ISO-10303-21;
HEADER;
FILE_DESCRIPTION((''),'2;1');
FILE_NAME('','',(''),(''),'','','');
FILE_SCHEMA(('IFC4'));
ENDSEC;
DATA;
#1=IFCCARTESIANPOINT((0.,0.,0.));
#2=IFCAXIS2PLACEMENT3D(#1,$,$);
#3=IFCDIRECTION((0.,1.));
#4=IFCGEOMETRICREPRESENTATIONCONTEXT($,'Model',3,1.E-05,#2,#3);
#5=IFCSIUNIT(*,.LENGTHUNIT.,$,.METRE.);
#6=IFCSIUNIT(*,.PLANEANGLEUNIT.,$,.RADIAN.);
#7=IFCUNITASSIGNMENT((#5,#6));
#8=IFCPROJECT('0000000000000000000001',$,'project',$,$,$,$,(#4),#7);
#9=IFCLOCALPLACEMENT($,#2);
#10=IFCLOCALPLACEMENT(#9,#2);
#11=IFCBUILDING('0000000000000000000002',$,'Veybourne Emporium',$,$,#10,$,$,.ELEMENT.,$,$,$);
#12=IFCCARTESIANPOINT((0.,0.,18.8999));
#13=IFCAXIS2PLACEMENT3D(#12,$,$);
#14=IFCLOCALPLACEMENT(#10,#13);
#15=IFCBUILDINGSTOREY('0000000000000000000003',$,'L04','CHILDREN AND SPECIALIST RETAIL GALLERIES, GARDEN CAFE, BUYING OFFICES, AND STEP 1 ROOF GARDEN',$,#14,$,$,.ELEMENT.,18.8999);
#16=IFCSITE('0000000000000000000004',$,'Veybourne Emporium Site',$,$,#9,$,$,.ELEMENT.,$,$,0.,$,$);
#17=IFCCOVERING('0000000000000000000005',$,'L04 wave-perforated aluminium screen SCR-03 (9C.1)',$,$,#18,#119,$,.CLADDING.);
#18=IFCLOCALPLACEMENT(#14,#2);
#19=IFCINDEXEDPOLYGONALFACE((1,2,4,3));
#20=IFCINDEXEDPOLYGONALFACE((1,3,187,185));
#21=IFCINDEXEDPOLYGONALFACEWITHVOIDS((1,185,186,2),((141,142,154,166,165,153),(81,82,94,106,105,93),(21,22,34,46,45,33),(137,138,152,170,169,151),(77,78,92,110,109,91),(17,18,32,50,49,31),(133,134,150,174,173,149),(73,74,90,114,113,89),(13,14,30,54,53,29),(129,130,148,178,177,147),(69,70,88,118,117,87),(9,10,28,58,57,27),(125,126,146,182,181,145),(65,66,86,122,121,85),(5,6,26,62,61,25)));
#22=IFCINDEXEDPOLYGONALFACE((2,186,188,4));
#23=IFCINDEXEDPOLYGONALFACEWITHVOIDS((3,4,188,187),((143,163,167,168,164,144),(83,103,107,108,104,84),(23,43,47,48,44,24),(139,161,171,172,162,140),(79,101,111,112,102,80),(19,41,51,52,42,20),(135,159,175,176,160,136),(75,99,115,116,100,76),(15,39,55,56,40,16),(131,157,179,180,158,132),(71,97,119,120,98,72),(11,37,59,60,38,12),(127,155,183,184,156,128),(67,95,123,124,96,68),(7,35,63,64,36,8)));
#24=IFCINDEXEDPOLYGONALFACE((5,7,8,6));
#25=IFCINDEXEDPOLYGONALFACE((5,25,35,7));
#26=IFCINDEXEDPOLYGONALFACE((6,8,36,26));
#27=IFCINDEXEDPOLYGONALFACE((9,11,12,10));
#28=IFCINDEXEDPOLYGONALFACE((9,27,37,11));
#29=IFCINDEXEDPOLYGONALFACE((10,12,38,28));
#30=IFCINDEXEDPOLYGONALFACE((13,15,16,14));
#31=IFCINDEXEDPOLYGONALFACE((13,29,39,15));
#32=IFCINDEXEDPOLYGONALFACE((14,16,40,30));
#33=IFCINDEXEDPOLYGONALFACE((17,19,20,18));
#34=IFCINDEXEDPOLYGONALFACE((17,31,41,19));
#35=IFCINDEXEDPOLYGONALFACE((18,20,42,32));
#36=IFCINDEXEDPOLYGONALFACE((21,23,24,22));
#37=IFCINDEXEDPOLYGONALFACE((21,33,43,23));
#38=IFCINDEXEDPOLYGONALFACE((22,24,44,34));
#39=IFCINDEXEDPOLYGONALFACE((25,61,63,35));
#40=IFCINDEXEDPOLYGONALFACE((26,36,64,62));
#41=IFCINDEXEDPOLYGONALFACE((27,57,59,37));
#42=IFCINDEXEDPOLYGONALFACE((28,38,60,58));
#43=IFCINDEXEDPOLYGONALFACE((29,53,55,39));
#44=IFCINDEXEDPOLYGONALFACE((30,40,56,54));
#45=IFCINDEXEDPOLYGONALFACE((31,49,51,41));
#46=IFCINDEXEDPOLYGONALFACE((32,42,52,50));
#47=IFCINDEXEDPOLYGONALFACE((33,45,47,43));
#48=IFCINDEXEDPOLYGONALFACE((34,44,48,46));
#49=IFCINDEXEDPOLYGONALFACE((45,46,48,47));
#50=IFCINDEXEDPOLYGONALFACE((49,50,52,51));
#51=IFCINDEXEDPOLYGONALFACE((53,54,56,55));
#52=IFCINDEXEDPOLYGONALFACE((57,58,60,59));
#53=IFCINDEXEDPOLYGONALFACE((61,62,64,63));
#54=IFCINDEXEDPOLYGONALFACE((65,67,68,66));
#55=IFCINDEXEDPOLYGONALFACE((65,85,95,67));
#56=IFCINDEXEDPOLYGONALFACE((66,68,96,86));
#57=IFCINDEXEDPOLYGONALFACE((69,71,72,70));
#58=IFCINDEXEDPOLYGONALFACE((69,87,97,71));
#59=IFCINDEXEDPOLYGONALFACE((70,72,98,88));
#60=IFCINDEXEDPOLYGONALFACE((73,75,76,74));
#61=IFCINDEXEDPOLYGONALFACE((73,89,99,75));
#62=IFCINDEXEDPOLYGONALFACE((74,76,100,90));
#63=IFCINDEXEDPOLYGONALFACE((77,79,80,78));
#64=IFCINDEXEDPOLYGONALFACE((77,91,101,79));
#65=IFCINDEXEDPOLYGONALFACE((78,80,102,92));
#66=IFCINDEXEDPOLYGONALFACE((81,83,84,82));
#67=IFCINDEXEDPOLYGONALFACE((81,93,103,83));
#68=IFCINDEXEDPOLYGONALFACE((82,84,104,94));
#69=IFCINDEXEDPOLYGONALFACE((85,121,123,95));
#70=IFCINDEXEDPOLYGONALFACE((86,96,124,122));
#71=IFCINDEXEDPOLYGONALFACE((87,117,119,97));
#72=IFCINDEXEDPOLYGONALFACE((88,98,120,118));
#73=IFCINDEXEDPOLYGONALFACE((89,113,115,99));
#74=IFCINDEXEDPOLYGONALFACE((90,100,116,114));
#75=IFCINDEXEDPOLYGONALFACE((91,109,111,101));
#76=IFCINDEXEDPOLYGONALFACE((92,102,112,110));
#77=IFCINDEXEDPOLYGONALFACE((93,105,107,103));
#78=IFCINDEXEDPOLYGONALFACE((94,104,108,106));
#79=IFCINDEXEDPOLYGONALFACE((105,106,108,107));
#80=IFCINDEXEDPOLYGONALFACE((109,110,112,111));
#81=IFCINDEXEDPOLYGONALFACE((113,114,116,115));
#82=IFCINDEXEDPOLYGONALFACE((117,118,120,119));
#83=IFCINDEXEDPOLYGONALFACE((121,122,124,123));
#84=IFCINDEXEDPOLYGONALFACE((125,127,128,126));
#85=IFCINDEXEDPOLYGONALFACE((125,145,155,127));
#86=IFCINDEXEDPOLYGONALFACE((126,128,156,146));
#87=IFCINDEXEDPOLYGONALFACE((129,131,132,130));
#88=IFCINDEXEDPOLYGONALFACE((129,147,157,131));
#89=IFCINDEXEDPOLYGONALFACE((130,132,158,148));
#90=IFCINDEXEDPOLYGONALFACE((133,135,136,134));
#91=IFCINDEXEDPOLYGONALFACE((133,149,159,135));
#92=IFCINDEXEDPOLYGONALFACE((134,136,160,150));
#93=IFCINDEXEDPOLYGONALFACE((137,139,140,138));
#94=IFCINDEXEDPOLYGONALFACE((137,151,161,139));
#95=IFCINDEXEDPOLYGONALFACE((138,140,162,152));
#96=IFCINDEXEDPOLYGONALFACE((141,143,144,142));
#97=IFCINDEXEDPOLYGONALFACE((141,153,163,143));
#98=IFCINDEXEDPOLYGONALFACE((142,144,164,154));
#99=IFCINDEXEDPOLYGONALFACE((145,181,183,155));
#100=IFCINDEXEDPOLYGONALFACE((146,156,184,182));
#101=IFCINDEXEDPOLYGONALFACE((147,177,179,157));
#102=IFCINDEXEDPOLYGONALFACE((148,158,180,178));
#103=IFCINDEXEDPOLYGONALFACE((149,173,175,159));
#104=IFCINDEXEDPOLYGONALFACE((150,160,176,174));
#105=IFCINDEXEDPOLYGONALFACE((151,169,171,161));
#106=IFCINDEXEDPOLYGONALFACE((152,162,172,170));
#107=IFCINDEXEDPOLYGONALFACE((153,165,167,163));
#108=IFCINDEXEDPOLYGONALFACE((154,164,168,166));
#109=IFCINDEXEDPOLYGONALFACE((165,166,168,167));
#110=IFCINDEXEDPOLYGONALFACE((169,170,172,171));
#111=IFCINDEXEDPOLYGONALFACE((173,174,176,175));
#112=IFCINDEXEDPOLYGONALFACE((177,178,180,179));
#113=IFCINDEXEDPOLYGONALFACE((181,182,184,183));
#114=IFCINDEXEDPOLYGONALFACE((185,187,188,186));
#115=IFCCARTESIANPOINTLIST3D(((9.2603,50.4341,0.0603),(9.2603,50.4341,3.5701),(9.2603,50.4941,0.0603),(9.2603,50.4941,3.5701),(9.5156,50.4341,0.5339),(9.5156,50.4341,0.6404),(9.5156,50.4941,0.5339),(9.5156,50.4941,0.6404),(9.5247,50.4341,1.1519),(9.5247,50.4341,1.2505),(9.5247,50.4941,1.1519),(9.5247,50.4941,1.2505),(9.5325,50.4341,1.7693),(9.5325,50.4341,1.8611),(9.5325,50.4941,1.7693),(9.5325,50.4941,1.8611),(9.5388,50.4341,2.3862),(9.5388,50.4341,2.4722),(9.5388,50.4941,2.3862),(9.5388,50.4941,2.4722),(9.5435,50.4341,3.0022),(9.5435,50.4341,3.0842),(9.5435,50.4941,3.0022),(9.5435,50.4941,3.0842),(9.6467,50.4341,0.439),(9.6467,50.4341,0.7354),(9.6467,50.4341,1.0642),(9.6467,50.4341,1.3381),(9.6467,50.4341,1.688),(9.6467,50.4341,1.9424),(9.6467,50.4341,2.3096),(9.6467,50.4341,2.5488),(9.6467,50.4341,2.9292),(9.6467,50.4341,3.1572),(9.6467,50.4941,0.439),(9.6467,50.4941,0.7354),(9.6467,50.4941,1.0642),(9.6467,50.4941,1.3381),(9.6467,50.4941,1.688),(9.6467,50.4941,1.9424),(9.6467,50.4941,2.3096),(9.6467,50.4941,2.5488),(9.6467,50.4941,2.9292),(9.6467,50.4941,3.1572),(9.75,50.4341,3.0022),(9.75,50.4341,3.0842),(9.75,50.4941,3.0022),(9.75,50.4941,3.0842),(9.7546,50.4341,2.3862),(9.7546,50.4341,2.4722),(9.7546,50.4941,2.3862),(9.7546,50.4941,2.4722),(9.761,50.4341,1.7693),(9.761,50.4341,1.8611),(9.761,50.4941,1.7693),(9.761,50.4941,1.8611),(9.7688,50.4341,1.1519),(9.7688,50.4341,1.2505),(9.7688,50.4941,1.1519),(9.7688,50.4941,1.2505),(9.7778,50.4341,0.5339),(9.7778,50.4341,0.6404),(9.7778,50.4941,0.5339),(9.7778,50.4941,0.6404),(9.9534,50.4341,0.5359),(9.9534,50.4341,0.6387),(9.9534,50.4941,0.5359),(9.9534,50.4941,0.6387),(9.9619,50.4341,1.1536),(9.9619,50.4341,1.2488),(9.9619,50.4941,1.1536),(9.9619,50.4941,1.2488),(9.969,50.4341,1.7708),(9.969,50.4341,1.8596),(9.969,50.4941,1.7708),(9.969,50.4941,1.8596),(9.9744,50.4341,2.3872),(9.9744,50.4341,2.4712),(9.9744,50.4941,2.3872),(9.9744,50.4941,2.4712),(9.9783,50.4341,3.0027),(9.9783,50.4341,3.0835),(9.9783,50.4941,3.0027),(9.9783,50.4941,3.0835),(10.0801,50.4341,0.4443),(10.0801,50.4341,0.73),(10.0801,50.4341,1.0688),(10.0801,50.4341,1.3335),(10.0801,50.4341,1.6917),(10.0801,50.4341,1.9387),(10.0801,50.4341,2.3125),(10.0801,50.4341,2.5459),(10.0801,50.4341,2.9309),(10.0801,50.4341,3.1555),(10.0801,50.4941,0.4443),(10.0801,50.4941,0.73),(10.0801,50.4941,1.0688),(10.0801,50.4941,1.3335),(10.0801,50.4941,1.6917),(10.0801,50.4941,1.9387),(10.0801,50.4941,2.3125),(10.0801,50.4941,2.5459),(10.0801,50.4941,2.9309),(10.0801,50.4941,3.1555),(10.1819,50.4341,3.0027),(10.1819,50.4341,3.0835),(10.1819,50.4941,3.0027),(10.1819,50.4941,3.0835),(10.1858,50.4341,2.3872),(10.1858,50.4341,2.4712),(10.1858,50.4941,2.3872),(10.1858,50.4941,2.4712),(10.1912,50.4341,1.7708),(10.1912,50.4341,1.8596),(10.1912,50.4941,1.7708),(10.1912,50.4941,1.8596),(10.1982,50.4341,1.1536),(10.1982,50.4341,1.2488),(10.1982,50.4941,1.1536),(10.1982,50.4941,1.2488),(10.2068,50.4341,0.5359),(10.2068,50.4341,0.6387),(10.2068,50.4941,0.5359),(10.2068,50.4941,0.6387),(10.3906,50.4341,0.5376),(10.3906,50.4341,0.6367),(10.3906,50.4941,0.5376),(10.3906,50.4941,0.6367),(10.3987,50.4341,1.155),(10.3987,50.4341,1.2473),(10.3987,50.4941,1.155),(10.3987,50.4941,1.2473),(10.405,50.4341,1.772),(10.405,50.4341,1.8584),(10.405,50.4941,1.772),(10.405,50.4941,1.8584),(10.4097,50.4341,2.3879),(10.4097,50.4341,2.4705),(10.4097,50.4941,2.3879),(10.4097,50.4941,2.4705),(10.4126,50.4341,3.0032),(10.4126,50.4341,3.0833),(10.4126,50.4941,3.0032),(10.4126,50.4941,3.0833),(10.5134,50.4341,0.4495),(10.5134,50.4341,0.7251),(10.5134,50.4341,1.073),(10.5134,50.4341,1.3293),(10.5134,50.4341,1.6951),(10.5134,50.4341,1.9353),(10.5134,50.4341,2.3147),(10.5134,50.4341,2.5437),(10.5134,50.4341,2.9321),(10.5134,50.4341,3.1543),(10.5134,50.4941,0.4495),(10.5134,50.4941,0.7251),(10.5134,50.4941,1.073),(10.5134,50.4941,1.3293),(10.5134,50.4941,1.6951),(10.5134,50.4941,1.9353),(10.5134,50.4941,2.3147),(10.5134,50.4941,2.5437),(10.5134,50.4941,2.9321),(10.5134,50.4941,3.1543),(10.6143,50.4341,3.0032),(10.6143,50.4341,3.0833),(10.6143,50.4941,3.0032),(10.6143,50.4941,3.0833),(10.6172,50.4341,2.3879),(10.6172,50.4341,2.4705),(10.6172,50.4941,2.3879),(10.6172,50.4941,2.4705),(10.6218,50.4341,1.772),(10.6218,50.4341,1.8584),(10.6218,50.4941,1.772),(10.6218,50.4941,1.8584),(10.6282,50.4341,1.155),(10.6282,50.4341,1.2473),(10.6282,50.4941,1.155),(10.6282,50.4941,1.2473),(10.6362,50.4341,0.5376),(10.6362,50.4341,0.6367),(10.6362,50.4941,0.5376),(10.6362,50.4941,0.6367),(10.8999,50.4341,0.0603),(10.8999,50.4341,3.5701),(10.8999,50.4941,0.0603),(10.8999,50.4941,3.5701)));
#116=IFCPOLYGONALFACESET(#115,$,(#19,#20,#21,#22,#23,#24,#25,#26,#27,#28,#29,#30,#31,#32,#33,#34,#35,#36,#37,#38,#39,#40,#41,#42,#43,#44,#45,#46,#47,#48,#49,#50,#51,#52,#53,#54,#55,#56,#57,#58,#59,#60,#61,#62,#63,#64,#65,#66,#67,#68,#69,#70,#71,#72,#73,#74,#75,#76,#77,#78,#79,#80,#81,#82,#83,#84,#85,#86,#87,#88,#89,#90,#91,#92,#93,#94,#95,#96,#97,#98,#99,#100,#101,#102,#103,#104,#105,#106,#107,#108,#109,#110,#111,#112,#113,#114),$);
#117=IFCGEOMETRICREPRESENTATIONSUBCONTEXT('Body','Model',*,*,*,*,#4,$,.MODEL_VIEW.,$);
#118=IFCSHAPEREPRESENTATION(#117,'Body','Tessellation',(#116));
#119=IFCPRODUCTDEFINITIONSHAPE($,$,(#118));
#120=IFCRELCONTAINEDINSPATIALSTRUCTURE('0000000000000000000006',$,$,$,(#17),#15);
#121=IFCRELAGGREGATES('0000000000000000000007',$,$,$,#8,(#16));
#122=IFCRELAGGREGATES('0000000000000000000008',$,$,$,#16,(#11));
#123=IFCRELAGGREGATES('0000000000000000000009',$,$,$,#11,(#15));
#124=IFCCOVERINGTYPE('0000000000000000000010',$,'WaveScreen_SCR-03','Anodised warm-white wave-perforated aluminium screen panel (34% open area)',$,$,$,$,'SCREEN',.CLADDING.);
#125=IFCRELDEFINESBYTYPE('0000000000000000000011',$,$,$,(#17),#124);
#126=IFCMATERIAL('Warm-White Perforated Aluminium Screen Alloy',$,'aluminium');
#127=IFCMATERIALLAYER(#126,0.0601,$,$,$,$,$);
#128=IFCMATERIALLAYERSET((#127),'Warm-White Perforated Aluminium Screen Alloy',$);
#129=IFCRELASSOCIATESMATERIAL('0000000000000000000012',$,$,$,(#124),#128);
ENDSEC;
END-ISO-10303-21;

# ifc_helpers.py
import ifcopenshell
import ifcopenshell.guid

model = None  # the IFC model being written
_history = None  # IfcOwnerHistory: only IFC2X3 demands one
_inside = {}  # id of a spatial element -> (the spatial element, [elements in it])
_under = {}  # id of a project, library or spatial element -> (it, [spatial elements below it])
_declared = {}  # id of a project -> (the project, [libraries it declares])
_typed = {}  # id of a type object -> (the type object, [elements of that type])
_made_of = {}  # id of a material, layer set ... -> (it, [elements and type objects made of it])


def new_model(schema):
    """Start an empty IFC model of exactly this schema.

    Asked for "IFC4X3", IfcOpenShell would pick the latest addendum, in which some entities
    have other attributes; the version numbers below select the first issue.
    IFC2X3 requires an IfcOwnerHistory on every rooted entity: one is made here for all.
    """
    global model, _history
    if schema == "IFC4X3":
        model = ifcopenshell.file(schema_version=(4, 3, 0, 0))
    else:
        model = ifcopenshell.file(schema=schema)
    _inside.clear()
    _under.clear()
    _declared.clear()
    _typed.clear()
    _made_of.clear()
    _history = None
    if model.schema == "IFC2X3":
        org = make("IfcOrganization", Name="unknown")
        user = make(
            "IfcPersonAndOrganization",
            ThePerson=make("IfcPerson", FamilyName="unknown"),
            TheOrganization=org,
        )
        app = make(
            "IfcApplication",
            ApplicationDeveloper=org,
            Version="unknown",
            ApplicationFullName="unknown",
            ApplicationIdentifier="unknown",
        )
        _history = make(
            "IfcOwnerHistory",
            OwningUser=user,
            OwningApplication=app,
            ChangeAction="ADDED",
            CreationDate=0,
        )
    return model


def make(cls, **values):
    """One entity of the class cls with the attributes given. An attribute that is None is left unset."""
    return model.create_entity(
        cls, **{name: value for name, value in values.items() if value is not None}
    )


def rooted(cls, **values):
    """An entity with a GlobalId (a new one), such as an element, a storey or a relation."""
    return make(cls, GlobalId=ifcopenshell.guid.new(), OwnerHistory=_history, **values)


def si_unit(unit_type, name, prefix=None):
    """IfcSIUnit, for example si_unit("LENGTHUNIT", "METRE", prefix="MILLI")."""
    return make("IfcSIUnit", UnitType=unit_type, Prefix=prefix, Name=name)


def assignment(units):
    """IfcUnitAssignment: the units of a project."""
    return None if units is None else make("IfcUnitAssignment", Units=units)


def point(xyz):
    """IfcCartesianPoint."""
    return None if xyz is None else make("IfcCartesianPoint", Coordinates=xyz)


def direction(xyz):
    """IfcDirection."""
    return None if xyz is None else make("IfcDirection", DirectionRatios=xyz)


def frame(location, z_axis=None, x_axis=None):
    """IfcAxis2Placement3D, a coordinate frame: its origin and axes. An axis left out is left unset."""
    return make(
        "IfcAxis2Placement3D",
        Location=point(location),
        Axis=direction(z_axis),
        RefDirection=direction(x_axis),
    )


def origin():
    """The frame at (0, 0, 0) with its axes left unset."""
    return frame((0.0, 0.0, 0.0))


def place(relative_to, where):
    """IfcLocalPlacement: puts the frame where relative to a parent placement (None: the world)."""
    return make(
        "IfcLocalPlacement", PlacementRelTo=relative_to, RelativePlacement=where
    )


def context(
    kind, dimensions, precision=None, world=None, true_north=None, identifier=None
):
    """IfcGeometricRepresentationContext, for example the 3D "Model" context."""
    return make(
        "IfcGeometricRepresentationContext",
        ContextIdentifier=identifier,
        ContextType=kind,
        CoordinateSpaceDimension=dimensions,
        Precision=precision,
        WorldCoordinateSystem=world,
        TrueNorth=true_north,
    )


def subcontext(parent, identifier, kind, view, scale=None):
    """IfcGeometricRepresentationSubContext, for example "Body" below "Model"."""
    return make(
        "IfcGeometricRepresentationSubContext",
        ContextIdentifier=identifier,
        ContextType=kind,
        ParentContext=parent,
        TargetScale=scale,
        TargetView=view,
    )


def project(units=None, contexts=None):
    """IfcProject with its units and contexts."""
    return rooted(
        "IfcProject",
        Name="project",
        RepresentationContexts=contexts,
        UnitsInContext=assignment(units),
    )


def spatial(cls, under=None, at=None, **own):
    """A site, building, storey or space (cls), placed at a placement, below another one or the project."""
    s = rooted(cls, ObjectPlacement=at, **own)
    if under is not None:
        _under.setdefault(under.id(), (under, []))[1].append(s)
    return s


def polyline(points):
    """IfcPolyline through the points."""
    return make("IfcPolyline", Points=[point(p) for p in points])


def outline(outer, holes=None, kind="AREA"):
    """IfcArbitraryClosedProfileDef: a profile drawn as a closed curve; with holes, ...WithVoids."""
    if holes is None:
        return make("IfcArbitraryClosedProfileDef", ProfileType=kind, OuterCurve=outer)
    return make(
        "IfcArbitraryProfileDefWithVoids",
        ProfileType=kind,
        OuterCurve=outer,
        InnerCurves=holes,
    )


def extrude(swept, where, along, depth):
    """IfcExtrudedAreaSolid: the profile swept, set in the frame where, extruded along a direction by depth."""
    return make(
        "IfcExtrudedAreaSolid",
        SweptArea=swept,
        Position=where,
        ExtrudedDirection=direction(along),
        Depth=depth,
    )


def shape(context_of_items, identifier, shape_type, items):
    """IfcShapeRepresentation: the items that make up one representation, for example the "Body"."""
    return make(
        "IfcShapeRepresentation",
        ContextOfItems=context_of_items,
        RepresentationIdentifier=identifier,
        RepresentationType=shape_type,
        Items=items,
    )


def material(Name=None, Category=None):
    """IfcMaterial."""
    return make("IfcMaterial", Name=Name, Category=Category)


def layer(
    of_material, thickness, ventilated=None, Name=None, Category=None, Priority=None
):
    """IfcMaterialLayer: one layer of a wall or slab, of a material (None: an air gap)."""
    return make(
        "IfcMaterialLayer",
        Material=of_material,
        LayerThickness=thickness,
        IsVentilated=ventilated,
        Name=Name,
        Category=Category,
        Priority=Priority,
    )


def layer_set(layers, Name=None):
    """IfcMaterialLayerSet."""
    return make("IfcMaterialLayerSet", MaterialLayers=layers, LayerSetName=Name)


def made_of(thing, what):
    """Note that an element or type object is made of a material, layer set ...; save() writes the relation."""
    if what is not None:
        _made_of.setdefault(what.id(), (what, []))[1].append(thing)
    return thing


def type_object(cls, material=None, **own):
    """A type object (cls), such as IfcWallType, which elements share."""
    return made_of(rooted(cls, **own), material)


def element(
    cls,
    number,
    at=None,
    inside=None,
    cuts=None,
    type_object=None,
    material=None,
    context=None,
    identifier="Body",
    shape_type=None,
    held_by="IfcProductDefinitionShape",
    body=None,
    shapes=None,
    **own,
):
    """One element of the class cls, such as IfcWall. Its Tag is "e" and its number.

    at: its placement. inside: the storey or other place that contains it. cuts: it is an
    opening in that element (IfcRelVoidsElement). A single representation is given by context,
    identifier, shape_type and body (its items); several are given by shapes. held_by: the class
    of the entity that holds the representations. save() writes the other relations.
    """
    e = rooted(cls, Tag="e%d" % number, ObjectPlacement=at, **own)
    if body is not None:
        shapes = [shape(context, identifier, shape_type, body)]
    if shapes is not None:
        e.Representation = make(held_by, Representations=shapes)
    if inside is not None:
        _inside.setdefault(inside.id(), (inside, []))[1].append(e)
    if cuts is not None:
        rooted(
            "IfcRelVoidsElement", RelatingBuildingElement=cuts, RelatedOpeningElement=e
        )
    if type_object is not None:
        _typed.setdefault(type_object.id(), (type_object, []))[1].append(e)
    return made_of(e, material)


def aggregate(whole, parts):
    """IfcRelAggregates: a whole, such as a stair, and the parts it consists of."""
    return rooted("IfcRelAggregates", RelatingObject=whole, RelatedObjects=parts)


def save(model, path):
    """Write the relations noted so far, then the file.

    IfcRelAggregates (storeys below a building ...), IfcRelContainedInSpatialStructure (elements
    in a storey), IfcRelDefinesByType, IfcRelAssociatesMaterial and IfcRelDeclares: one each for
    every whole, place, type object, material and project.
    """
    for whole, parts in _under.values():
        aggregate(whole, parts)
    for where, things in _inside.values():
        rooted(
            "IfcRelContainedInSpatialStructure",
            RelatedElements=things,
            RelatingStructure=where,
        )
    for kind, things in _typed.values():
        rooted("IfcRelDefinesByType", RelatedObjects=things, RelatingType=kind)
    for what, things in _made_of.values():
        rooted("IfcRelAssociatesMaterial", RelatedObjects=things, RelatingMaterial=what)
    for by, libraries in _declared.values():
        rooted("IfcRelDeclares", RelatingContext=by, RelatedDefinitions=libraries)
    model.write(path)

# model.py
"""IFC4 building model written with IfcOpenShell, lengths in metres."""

from ifc_helpers import new_model, si_unit, direction, frame, origin, place, context, subcontext, project, spatial, polyline, outline, extrude, material, layer, layer_set, type_object, element, save


model = new_model("IFC4")

# Units and contexts
model_context = context("Model", 3, precision=1e-05, world=origin(), true_north=direction((0.0, 1.0)))
body_context = subcontext(model_context, "Body", "Model", "MODEL_VIEW")
ifc_project = project(units=[si_unit("LENGTHUNIT", "METRE"), si_unit("PLANEANGLEUNIT", "RADIAN")], contexts=[model_context])

# Site, building, storey
site_placement = place(None, origin())
site = spatial("IfcSite", under=ifc_project, at=site_placement, Name="Veybourne Emporium Site", CompositionType="ELEMENT", RefElevation=0.0)
building_placement = place(site_placement, origin())
building = spatial("IfcBuilding", under=site, at=building_placement, Name="Veybourne Emporium", CompositionType="ELEMENT")
storey_placement = place(building_placement, frame((0.0, 0.0, 18.8999)))
storey = spatial("IfcBuildingStorey", under=building, at=storey_placement, Name="L04", Description="CHILDREN AND SPECIALIST RETAIL GALLERIES, GARDEN CAFE, BUYING OFFICES, AND STEP 1 ROOF GARDEN", CompositionType="ELEMENT", Elevation=18.8999)

# Covering
ifc_material_1 = material(Name="Warm-White Perforated Aluminium Screen Alloy", Category="aluminium")
ifc_layer_1 = layer(ifc_material_1, 0.0601)
ifc_layer_set_1 = layer_set([ifc_layer_1], Name="Warm-White Perforated Aluminium Screen Alloy")
covering_type_1 = type_object("IfcCoveringType", Name="WaveScreen_SCR-03", Description="Anodised warm-white wave-perforated aluminium screen panel (34% open area)", ElementType="SCREEN", PredefinedType="CLADDING", material=ifc_layer_set_1)
covering_1_placement = place(storey_placement, frame((10.0801, 50.4941, 1.8152), z_axis=(0.0, -1.0, 0.0), x_axis=(1.0, 0.0, 0.0)))
element("IfcCovering", 1, at=covering_1_placement, inside=storey, type_object=covering_type_1, Name="L04 wave-perforated aluminium screen SCR-03 (9C.1)", PredefinedType="CLADDING", context=body_context, shape_type="SweptSolid", body=[
    extrude(outline(polyline([(-0.8198, -1.7549), (0.8198, -1.7549), (0.8198, 1.7549), (-0.8198, 1.7549), (-0.8198, -1.7549)]), holes=[polyline([(-0.4333, -1.0798), (-0.3022, -1.1748), (-0.3022, -1.2812), (-0.4333, -1.3762), (-0.5645, -1.2812), (-0.5645, -1.1748), (-0.4333, -1.0798)]), polyline([(-0.4333, -0.4771), (-0.3113, -0.5647), (-0.3113, -0.6633), (-0.4333, -0.751), (-0.5554, -0.6633), (-0.5554, -0.5647), (-0.4333, -0.4771)]), polyline([(-0.4333, 0.1272), (-0.3191, 0.0459), (-0.3191, -0.0459), (-0.4333, -0.1272), (-0.5476, -0.0459), (-0.5476, 0.0459), (-0.4333, 0.1272)]), polyline([(-0.4333, 0.7336), (-0.3254, 0.657), (-0.3254, 0.571), (-0.4333, 0.4944), (-0.5413, 0.571), (-0.5413, 0.657), (-0.4333, 0.7336)]), polyline([(-0.4333, 1.342), (-0.3301, 1.269), (-0.3301, 1.187), (-0.4333, 1.114), (-0.5366, 1.187), (-0.5366, 1.269), (-0.4333, 1.342)]), polyline([(0.0, -1.0852), (0.1267, -1.1765), (0.1267, -1.2793), (0.0, -1.3708), (-0.1267, -1.2793), (-0.1267, -1.1765), (0.0, -1.0852)]), polyline([(0.0, -0.4817), (0.1182, -0.5664), (0.1182, -0.6616), (0.0, -0.7463), (-0.1182, -0.6616), (-0.1182, -0.5664), (0.0, -0.4817)]), polyline([(0.0, 0.1235), (0.1111, 0.0444), (0.1111, -0.0444), (0.0, -0.1235), (-0.1111, -0.0444), (-0.1111, 0.0444), (0.0, 0.1235)]), polyline([(0.0, 0.7307), (0.1057, 0.656), (0.1057, 0.572), (0.0, 0.4973), (-0.1057, 0.572), (-0.1057, 0.656), (0.0, 0.7307)]), polyline([(0.0, 1.3403), (0.1018, 1.2683), (0.1018, 1.1875), (0.0, 1.1157), (-0.1018, 1.1875), (-0.1018, 1.2683), (0.0, 1.3403)]), polyline([(0.4333, -1.0901), (0.5562, -1.1785), (0.5562, -1.2776), (0.4333, -1.3657), (0.3105, -1.2776), (0.3105, -1.1785), (0.4333, -1.0901)]), polyline([(0.4333, -0.4858), (0.5481, -0.5679), (0.5481, -0.6602), (0.4333, -0.7422), (0.3186, -0.6602), (0.3186, -0.5679), (0.4333, -0.4858)]), polyline([(0.4333, 0.1201), (0.5417, 0.0432), (0.5417, -0.0432), (0.4333, -0.1201), (0.325, -0.0432), (0.325, 0.0432), (0.4333, 0.1201)]), polyline([(0.4333, 0.7285), (0.5371, 0.6553), (0.5371, 0.5728), (0.4333, 0.4995), (0.3296, 0.5728), (0.3296, 0.6553), (0.4333, 0.7285)]), polyline([(0.4333, 1.3391), (0.5342, 1.2681), (0.5342, 1.188), (0.4333, 1.1169), (0.3325, 1.188), (0.3325, 1.2681), (0.4333, 1.3391)])]), origin(), (0.0, 0.0, 1.0), 0.0601),
])

save(model, "model.ifc")
